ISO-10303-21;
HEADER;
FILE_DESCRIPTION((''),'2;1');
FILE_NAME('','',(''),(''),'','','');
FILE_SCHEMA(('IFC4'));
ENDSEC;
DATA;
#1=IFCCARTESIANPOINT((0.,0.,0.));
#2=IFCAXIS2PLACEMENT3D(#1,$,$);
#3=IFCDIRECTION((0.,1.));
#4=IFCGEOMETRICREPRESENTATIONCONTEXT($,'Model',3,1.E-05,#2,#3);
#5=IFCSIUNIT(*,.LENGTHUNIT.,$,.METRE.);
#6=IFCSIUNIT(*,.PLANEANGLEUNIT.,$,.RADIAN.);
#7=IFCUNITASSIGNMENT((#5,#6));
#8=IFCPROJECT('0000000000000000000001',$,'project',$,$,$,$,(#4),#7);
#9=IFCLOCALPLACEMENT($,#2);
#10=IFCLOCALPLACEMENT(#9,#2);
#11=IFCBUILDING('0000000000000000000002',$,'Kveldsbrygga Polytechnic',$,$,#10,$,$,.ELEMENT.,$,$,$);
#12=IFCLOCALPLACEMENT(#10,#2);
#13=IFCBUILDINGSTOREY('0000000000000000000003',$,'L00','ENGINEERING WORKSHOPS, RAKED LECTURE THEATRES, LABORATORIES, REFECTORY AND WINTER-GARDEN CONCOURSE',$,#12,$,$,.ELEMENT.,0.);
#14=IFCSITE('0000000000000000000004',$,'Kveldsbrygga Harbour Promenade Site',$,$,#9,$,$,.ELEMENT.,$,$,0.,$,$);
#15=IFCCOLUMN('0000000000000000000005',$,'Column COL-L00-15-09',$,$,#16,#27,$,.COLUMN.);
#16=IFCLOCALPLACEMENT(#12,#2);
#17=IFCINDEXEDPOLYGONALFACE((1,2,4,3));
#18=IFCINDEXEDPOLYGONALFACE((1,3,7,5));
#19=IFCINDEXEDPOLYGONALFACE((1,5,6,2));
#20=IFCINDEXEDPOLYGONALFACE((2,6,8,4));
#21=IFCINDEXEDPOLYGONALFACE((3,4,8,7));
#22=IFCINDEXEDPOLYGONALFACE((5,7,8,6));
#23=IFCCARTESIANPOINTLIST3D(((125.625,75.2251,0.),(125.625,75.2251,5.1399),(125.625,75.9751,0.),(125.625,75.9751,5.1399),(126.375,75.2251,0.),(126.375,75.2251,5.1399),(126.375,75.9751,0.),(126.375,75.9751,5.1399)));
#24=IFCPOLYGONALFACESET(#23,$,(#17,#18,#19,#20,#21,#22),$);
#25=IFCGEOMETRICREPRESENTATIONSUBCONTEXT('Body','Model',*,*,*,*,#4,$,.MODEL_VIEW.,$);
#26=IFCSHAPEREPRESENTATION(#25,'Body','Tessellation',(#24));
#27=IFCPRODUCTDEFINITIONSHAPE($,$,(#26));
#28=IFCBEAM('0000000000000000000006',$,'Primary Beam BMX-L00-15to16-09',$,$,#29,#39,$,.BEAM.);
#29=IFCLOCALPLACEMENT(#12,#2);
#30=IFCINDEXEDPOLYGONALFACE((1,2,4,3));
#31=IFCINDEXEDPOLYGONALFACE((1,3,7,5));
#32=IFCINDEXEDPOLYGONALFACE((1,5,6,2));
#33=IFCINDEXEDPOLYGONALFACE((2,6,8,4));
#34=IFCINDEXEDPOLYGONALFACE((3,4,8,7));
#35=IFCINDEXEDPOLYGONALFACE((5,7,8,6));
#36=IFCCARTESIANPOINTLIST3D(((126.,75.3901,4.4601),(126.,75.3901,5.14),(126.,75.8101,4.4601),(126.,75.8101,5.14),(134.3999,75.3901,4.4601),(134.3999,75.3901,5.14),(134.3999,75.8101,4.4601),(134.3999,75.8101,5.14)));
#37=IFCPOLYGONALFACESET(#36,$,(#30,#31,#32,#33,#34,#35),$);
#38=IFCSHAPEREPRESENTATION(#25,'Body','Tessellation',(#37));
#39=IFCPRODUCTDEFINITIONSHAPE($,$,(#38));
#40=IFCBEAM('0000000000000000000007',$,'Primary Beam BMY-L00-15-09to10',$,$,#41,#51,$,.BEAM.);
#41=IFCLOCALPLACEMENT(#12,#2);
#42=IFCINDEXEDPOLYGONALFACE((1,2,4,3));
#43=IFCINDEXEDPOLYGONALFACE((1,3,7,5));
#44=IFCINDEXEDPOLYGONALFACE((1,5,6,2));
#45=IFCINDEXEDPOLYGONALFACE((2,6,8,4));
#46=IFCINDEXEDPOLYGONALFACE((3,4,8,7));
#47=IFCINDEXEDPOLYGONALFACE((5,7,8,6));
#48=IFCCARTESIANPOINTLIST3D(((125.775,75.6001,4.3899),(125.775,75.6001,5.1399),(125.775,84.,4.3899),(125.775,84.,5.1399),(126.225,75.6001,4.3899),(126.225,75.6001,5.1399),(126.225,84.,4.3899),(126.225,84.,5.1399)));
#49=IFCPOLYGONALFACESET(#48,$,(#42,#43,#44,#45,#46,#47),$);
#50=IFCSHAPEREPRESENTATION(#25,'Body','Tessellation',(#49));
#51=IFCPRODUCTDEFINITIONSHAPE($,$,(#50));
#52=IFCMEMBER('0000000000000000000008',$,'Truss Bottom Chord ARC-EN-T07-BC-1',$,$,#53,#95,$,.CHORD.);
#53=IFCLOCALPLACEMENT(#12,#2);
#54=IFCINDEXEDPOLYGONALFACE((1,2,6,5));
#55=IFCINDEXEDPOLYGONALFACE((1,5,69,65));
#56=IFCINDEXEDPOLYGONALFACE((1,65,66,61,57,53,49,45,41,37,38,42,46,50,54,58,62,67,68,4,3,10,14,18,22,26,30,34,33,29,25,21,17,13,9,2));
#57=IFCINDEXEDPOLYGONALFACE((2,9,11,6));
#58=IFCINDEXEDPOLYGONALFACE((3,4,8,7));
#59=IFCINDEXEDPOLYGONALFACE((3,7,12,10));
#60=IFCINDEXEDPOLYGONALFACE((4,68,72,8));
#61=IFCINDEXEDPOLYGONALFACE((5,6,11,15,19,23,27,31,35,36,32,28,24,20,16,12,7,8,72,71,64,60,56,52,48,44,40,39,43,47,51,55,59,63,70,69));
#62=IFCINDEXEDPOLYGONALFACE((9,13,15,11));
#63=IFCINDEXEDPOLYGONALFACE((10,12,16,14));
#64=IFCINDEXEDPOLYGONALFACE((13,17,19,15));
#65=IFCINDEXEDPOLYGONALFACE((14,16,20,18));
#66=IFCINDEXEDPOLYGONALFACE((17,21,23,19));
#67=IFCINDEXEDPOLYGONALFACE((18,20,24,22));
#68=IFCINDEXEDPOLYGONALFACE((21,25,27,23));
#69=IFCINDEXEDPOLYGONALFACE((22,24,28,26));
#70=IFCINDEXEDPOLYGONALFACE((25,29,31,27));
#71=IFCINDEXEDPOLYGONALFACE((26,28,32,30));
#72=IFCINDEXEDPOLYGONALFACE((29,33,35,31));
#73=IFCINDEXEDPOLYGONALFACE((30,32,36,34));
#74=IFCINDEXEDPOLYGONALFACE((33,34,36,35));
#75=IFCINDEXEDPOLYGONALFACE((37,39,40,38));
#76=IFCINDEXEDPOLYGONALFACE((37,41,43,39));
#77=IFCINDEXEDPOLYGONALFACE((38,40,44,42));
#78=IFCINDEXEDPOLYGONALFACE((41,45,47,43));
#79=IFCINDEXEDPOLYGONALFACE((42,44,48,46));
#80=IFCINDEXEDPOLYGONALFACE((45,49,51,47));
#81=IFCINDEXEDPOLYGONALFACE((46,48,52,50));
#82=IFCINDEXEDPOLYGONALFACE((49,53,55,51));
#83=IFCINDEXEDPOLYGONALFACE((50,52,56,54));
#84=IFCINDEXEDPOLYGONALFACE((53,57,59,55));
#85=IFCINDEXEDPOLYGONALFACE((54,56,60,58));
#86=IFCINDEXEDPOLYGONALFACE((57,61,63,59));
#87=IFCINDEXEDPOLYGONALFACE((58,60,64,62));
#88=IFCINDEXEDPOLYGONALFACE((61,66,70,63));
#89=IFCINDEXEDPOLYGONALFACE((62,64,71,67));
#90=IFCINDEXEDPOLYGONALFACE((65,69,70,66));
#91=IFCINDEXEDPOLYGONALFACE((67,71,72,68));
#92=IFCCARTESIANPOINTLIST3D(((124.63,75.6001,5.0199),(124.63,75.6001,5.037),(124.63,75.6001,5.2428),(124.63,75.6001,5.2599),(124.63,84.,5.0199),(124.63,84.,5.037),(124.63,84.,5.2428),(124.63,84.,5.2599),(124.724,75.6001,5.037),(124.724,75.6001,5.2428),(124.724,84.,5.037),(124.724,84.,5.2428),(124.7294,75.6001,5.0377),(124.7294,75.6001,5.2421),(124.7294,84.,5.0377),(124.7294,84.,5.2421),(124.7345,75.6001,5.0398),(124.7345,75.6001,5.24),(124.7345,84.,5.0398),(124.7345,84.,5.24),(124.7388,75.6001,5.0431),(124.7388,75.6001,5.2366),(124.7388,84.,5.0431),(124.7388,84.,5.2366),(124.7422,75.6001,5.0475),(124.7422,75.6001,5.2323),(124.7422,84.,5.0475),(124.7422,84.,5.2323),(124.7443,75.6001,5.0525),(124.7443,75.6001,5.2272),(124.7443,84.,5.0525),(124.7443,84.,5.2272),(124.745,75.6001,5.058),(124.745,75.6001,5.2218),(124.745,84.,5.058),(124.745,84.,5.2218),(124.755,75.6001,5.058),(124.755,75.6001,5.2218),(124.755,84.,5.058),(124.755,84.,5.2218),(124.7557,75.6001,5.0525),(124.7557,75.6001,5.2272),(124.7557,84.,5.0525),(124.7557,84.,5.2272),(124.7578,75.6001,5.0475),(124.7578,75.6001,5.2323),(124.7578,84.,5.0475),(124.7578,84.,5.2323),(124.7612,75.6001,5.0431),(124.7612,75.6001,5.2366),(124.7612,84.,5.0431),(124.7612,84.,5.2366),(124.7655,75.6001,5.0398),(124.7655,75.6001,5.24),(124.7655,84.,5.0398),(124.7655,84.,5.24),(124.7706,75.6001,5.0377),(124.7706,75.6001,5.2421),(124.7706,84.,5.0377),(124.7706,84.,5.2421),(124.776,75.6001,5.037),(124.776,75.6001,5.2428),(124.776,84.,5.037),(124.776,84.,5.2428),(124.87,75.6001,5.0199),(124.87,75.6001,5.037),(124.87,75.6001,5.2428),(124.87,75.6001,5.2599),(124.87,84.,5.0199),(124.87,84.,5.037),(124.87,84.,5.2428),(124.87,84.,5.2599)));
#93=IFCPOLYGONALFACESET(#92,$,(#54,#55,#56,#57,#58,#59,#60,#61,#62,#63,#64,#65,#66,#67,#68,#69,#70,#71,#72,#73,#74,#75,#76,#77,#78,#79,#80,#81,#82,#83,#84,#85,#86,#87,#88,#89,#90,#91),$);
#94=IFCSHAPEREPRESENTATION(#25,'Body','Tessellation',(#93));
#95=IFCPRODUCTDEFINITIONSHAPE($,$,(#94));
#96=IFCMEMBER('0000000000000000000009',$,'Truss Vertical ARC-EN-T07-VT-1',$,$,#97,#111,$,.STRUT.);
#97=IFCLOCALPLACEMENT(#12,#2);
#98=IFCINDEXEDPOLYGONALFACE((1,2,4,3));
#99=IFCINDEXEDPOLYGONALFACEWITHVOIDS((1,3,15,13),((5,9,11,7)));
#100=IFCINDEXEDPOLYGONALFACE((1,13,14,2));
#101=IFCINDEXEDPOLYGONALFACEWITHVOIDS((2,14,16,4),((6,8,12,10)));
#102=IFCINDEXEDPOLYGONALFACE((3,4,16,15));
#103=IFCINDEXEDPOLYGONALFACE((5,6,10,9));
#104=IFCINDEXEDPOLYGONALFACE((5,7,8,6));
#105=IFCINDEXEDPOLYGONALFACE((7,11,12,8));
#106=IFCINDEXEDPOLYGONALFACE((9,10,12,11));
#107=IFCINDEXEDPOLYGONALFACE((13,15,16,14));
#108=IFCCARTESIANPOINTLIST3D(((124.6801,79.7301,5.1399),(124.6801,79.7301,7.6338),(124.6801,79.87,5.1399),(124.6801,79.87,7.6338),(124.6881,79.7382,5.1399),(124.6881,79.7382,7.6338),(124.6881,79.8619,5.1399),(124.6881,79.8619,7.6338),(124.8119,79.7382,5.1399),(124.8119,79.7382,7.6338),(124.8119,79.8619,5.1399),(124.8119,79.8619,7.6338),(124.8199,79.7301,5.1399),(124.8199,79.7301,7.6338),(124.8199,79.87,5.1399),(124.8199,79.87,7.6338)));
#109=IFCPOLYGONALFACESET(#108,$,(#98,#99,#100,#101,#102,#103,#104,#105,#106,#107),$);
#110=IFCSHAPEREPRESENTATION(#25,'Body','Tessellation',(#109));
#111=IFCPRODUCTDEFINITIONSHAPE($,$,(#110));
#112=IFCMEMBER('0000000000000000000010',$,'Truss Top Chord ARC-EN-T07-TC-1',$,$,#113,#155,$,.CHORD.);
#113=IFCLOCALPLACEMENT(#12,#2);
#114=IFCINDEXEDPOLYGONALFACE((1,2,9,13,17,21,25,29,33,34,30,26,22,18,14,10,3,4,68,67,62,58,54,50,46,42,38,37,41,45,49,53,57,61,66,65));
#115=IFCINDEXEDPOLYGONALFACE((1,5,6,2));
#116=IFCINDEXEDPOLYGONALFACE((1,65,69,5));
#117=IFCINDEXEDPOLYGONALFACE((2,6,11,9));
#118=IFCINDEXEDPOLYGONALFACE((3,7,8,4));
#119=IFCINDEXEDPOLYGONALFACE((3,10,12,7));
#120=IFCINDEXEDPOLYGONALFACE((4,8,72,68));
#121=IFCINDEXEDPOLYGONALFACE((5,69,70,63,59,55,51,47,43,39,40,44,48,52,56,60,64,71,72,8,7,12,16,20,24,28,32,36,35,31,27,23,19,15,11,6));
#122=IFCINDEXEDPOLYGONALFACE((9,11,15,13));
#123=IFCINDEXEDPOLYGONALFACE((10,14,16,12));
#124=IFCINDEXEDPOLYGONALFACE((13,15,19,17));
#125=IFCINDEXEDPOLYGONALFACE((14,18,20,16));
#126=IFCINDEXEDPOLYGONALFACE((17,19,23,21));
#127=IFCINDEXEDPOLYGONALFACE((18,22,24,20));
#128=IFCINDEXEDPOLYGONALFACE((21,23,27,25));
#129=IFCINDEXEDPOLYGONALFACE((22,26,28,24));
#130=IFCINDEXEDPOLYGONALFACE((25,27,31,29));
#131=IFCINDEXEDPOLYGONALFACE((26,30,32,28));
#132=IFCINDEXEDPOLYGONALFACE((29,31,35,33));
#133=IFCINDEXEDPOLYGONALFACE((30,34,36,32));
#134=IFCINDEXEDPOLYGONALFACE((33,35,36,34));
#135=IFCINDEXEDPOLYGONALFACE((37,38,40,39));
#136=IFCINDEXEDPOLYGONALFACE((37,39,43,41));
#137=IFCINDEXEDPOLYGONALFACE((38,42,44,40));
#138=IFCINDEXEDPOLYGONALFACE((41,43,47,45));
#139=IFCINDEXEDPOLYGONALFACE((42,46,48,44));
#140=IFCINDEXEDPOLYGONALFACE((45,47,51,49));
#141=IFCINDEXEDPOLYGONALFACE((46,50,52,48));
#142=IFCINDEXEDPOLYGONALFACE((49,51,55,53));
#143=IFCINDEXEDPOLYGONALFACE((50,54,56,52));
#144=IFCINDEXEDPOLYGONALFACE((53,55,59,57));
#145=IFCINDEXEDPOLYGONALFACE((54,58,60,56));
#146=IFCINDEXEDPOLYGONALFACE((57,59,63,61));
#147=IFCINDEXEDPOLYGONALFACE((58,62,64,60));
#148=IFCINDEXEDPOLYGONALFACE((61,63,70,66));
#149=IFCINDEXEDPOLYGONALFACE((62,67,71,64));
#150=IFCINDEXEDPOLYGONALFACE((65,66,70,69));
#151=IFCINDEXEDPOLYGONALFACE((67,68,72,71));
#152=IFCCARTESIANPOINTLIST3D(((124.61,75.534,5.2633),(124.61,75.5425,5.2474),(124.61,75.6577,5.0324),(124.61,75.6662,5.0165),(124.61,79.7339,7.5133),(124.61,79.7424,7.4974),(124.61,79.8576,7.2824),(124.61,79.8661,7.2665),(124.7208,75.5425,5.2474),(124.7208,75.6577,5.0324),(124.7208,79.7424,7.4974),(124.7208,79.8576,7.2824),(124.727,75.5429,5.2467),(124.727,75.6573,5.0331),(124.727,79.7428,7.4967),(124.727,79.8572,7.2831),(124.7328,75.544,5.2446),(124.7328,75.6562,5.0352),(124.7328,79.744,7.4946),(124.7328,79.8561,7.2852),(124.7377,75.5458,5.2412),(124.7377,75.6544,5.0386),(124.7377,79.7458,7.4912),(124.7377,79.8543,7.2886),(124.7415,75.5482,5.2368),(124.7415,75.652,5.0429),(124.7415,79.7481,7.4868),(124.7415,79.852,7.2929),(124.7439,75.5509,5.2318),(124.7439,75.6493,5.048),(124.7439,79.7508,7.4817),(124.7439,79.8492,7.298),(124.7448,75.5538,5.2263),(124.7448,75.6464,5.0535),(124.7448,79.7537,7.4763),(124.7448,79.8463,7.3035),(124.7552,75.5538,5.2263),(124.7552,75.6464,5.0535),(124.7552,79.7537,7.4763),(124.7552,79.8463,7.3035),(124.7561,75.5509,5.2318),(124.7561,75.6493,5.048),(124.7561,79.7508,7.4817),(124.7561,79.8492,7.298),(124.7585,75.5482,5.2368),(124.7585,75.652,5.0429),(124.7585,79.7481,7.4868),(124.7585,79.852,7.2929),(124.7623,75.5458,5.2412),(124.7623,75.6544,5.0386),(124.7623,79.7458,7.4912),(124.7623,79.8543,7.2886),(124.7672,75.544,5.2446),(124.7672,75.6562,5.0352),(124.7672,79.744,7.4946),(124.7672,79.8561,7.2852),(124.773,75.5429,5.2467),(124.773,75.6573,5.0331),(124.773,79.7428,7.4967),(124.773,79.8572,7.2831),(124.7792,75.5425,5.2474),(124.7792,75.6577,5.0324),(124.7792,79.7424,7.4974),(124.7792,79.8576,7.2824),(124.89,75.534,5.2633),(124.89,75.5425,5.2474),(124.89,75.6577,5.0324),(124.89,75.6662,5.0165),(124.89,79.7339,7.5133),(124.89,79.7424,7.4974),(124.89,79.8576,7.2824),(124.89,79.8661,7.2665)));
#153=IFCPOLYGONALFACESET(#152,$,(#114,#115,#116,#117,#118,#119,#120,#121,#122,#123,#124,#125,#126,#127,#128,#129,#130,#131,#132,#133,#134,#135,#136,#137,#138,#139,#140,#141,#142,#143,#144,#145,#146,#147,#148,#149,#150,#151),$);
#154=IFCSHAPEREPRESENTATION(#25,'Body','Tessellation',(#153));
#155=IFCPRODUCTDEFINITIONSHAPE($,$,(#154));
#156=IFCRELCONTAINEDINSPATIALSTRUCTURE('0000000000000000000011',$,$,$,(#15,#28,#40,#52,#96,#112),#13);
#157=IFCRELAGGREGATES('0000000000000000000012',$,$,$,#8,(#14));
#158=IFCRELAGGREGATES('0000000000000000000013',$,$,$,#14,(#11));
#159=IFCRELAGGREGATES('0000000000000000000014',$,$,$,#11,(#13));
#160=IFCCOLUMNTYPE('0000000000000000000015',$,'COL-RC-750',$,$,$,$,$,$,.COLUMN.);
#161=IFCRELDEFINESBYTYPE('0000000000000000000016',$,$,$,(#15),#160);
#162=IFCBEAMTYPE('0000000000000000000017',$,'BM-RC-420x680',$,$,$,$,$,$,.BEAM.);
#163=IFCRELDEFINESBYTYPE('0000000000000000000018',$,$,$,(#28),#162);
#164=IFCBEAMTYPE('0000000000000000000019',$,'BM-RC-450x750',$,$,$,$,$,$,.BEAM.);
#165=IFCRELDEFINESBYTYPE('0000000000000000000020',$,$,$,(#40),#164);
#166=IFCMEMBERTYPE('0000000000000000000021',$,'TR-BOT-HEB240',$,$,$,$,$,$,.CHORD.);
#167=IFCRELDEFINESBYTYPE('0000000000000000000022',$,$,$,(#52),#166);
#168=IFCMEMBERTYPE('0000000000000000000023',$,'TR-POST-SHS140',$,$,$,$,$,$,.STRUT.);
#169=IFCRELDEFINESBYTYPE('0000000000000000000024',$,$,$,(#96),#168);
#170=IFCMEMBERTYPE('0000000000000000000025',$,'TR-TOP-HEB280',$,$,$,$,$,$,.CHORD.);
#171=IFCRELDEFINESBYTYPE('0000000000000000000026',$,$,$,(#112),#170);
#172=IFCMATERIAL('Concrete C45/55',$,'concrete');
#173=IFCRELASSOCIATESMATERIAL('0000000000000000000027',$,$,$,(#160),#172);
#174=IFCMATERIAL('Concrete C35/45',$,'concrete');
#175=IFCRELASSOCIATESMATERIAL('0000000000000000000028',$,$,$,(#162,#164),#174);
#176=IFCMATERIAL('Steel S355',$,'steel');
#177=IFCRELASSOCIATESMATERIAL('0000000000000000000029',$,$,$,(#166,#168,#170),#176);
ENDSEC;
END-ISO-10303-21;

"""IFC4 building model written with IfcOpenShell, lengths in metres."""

from ifc_helpers import new_model, si_unit, direction, frame, origin, origin_2d, place, context, subcontext, project, spatial, rectangle, hollow_rectangle, i_section, extrude, material, material_profile, profile_set, type_object, element, save


model = new_model("IFC4")

# Units and contexts
model_context = context("Model", 3, precision=1e-05, world=origin(), true_north=direction((0.0, 1.0)))
body_context = subcontext(model_context, "Body", "Model", "MODEL_VIEW")
ifc_project = project(units=[si_unit("LENGTHUNIT", "METRE"), si_unit("PLANEANGLEUNIT", "RADIAN")], contexts=[model_context])

# Site, building, storey
site_placement = place(None, origin())
site = spatial("IfcSite", under=ifc_project, at=site_placement, Name="Kveldsbrygga Harbour Promenade Site", CompositionType="ELEMENT", RefElevation=0.0)
building_placement = place(site_placement, origin())
building = spatial("IfcBuilding", under=site, at=building_placement, Name="Kveldsbrygga Polytechnic", CompositionType="ELEMENT")
storey_placement = place(building_placement, origin())
storey = spatial("IfcBuildingStorey", under=building, at=storey_placement, Name="L00", Description="ENGINEERING WORKSHOPS, RAKED LECTURE THEATRES, LABORATORIES, REFECTORY AND WINTER-GARDEN CONCOURSE", CompositionType="ELEMENT", Elevation=0.0)

# Column
ifc_material_1 = material(Name="Concrete C45/55", Category="concrete")
ifc_material_profile_1 = material_profile(ifc_material_1, rectangle(XDim=0.75, YDim=0.75, at=origin_2d()), Name="RC 750x750")
ifc_profile_set_1 = profile_set([ifc_material_profile_1], Name="Concrete C45/55")
column_type = type_object("IfcColumnType", Name="COL-RC-750", PredefinedType="COLUMN", material=ifc_profile_set_1)
column_placement = place(storey_placement, frame((126.0, 75.6001, 0.0), z_axis=(0.0, 0.0, 1.0), x_axis=(1.0, 0.0, 0.0)))
element("IfcColumn", 1, at=column_placement, inside=storey, type_object=column_type, Name="Column COL-L00-15-09", PredefinedType="COLUMN", context=body_context, shape_type="SweptSolid", body=[
    extrude(rectangle(XDim=0.75, YDim=0.75, at=origin_2d()), origin(), (0.0, 0.0, 1.0), 5.1399),
])

# Beams
ifc_material_2 = material(Name="Concrete C35/45", Category="concrete")
ifc_material_profile_2 = material_profile(ifc_material_2, rectangle(XDim=0.4199, YDim=0.6799, at=origin_2d()), Name="RC 420x680")
ifc_profile_set_2 = profile_set([ifc_material_profile_2], Name="Concrete C35/45")
beam_type_1 = type_object("IfcBeamType", Name="BM-RC-420x680", PredefinedType="BEAM", material=ifc_profile_set_2)
beam_1_placement = place(storey_placement, frame((126.0, 75.6001, 4.8), z_axis=(1.0, 0.0, 0.0), x_axis=(0.0, 1.0, 0.0)))
element("IfcBeam", 2, at=beam_1_placement, inside=storey, type_object=beam_type_1, Name="Primary Beam BMX-L00-15to16-09", PredefinedType="BEAM", context=body_context, shape_type="SweptSolid", body=[
    extrude(rectangle(XDim=0.4199, YDim=0.6799, at=origin_2d()), origin(), (0.0, 0.0, 1.0), 8.3999),
])
ifc_material_profile_3 = material_profile(ifc_material_2, rectangle(XDim=0.45, YDim=0.75, at=origin_2d()), Name="RC 450x750")
ifc_profile_set_3 = profile_set([ifc_material_profile_3], Name="Concrete C35/45")
beam_type_2 = type_object("IfcBeamType", Name="BM-RC-450x750", PredefinedType="BEAM", material=ifc_profile_set_3)
beam_2_placement = place(storey_placement, frame((126.0, 75.6001, 4.7649), z_axis=(0.0, 1.0, 0.0), x_axis=(-1.0, 0.0, 0.0)))
element("IfcBeam", 3, at=beam_2_placement, inside=storey, type_object=beam_type_2, Name="Primary Beam BMY-L00-15-09to10", PredefinedType="BEAM", context=body_context, shape_type="SweptSolid", body=[
    extrude(rectangle(XDim=0.45, YDim=0.75, at=origin_2d()), origin(), (0.0, 0.0, 1.0), 8.3999),
])

# Members
ifc_material_3 = material(Name="Steel S355", Category="steel")
ifc_material_profile_4 = material_profile(ifc_material_3, i_section(OverallWidth=0.24, OverallDepth=0.24, WebThickness=0.01, FlangeThickness=0.0171, FilletRadius=0.021, at=origin_2d()), Name="HEB 240")
ifc_profile_set_4 = profile_set([ifc_material_profile_4], Name="Steel S355")
member_type_1 = type_object("IfcMemberType", Name="TR-BOT-HEB240", PredefinedType="CHORD", material=ifc_profile_set_4)
member_1_placement = place(storey_placement, frame((124.75, 75.6001, 5.1399), z_axis=(0.0, 1.0, 0.0), x_axis=(-1.0, 0.0, 0.0)))
element("IfcMember", 4, at=member_1_placement, inside=storey, type_object=member_type_1, Name="Truss Bottom Chord ARC-EN-T07-BC-1", PredefinedType="CHORD", context=body_context, shape_type="SweptSolid", body=[
    extrude(i_section(OverallWidth=0.24, OverallDepth=0.24, WebThickness=0.01, FlangeThickness=0.0171, FilletRadius=0.021, at=origin_2d()), origin(), (0.0, 0.0, 1.0), 8.3999),
])
ifc_material_profile_5 = material_profile(ifc_material_3, hollow_rectangle(XDim=0.1399, YDim=0.1399, WallThickness=0.0081, at=origin_2d()), Name="SHS 140x140x8.0")
ifc_profile_set_5 = profile_set([ifc_material_profile_5], Name="Steel S355")
member_type_2 = type_object("IfcMemberType", Name="TR-POST-SHS140", PredefinedType="STRUT", material=ifc_profile_set_5)
member_2_placement = place(storey_placement, frame((124.75, 79.8, 5.1399), z_axis=(0.0, 0.0, 1.0), x_axis=(1.0, 0.0, 0.0)))
element("IfcMember", 5, at=member_2_placement, inside=storey, type_object=member_type_2, Name="Truss Vertical ARC-EN-T07-VT-1", PredefinedType="STRUT", context=body_context, shape_type="SweptSolid", body=[
    extrude(hollow_rectangle(XDim=0.1399, YDim=0.1399, WallThickness=0.0081, at=origin_2d()), origin(), (0.0, 0.0, 1.0), 2.4939),
])
ifc_material_profile_6 = material_profile(ifc_material_3, i_section(OverallWidth=0.28, OverallDepth=0.28, WebThickness=0.0105, FlangeThickness=0.0181, FilletRadius=0.0239, at=origin_2d()), Name="HEB 280")
ifc_profile_set_6 = profile_set([ifc_material_profile_6], Name="Steel S355")
member_type_3 = type_object("IfcMemberType", Name="TR-TOP-HEB280", PredefinedType="CHORD", material=ifc_profile_set_6)
for number, where, z_axis, x_axis, name in (
    (6, (124.75, 75.6001, 5.1399), (0.0, 0.881478, 0.472226), (-1.0, 0.0, 0.0), "Truss Top Chord ARC-EN-T07-TC-1"),
):
    element("IfcMember", number, at=place(storey_placement, frame(where, z_axis=z_axis, x_axis=x_axis)), inside=storey, type_object=member_type_3, Name=name, PredefinedType="CHORD", context=body_context, shape_type="SweptSolid", body=[
        extrude(i_section(OverallWidth=0.28, OverallDepth=0.28, WebThickness=0.0105, FlangeThickness=0.0181, FilletRadius=0.0239, at=origin_2d()), origin(), (0.0, 0.0, 1.0), 4.7646),
    ])

save(model, "model.ifc")
